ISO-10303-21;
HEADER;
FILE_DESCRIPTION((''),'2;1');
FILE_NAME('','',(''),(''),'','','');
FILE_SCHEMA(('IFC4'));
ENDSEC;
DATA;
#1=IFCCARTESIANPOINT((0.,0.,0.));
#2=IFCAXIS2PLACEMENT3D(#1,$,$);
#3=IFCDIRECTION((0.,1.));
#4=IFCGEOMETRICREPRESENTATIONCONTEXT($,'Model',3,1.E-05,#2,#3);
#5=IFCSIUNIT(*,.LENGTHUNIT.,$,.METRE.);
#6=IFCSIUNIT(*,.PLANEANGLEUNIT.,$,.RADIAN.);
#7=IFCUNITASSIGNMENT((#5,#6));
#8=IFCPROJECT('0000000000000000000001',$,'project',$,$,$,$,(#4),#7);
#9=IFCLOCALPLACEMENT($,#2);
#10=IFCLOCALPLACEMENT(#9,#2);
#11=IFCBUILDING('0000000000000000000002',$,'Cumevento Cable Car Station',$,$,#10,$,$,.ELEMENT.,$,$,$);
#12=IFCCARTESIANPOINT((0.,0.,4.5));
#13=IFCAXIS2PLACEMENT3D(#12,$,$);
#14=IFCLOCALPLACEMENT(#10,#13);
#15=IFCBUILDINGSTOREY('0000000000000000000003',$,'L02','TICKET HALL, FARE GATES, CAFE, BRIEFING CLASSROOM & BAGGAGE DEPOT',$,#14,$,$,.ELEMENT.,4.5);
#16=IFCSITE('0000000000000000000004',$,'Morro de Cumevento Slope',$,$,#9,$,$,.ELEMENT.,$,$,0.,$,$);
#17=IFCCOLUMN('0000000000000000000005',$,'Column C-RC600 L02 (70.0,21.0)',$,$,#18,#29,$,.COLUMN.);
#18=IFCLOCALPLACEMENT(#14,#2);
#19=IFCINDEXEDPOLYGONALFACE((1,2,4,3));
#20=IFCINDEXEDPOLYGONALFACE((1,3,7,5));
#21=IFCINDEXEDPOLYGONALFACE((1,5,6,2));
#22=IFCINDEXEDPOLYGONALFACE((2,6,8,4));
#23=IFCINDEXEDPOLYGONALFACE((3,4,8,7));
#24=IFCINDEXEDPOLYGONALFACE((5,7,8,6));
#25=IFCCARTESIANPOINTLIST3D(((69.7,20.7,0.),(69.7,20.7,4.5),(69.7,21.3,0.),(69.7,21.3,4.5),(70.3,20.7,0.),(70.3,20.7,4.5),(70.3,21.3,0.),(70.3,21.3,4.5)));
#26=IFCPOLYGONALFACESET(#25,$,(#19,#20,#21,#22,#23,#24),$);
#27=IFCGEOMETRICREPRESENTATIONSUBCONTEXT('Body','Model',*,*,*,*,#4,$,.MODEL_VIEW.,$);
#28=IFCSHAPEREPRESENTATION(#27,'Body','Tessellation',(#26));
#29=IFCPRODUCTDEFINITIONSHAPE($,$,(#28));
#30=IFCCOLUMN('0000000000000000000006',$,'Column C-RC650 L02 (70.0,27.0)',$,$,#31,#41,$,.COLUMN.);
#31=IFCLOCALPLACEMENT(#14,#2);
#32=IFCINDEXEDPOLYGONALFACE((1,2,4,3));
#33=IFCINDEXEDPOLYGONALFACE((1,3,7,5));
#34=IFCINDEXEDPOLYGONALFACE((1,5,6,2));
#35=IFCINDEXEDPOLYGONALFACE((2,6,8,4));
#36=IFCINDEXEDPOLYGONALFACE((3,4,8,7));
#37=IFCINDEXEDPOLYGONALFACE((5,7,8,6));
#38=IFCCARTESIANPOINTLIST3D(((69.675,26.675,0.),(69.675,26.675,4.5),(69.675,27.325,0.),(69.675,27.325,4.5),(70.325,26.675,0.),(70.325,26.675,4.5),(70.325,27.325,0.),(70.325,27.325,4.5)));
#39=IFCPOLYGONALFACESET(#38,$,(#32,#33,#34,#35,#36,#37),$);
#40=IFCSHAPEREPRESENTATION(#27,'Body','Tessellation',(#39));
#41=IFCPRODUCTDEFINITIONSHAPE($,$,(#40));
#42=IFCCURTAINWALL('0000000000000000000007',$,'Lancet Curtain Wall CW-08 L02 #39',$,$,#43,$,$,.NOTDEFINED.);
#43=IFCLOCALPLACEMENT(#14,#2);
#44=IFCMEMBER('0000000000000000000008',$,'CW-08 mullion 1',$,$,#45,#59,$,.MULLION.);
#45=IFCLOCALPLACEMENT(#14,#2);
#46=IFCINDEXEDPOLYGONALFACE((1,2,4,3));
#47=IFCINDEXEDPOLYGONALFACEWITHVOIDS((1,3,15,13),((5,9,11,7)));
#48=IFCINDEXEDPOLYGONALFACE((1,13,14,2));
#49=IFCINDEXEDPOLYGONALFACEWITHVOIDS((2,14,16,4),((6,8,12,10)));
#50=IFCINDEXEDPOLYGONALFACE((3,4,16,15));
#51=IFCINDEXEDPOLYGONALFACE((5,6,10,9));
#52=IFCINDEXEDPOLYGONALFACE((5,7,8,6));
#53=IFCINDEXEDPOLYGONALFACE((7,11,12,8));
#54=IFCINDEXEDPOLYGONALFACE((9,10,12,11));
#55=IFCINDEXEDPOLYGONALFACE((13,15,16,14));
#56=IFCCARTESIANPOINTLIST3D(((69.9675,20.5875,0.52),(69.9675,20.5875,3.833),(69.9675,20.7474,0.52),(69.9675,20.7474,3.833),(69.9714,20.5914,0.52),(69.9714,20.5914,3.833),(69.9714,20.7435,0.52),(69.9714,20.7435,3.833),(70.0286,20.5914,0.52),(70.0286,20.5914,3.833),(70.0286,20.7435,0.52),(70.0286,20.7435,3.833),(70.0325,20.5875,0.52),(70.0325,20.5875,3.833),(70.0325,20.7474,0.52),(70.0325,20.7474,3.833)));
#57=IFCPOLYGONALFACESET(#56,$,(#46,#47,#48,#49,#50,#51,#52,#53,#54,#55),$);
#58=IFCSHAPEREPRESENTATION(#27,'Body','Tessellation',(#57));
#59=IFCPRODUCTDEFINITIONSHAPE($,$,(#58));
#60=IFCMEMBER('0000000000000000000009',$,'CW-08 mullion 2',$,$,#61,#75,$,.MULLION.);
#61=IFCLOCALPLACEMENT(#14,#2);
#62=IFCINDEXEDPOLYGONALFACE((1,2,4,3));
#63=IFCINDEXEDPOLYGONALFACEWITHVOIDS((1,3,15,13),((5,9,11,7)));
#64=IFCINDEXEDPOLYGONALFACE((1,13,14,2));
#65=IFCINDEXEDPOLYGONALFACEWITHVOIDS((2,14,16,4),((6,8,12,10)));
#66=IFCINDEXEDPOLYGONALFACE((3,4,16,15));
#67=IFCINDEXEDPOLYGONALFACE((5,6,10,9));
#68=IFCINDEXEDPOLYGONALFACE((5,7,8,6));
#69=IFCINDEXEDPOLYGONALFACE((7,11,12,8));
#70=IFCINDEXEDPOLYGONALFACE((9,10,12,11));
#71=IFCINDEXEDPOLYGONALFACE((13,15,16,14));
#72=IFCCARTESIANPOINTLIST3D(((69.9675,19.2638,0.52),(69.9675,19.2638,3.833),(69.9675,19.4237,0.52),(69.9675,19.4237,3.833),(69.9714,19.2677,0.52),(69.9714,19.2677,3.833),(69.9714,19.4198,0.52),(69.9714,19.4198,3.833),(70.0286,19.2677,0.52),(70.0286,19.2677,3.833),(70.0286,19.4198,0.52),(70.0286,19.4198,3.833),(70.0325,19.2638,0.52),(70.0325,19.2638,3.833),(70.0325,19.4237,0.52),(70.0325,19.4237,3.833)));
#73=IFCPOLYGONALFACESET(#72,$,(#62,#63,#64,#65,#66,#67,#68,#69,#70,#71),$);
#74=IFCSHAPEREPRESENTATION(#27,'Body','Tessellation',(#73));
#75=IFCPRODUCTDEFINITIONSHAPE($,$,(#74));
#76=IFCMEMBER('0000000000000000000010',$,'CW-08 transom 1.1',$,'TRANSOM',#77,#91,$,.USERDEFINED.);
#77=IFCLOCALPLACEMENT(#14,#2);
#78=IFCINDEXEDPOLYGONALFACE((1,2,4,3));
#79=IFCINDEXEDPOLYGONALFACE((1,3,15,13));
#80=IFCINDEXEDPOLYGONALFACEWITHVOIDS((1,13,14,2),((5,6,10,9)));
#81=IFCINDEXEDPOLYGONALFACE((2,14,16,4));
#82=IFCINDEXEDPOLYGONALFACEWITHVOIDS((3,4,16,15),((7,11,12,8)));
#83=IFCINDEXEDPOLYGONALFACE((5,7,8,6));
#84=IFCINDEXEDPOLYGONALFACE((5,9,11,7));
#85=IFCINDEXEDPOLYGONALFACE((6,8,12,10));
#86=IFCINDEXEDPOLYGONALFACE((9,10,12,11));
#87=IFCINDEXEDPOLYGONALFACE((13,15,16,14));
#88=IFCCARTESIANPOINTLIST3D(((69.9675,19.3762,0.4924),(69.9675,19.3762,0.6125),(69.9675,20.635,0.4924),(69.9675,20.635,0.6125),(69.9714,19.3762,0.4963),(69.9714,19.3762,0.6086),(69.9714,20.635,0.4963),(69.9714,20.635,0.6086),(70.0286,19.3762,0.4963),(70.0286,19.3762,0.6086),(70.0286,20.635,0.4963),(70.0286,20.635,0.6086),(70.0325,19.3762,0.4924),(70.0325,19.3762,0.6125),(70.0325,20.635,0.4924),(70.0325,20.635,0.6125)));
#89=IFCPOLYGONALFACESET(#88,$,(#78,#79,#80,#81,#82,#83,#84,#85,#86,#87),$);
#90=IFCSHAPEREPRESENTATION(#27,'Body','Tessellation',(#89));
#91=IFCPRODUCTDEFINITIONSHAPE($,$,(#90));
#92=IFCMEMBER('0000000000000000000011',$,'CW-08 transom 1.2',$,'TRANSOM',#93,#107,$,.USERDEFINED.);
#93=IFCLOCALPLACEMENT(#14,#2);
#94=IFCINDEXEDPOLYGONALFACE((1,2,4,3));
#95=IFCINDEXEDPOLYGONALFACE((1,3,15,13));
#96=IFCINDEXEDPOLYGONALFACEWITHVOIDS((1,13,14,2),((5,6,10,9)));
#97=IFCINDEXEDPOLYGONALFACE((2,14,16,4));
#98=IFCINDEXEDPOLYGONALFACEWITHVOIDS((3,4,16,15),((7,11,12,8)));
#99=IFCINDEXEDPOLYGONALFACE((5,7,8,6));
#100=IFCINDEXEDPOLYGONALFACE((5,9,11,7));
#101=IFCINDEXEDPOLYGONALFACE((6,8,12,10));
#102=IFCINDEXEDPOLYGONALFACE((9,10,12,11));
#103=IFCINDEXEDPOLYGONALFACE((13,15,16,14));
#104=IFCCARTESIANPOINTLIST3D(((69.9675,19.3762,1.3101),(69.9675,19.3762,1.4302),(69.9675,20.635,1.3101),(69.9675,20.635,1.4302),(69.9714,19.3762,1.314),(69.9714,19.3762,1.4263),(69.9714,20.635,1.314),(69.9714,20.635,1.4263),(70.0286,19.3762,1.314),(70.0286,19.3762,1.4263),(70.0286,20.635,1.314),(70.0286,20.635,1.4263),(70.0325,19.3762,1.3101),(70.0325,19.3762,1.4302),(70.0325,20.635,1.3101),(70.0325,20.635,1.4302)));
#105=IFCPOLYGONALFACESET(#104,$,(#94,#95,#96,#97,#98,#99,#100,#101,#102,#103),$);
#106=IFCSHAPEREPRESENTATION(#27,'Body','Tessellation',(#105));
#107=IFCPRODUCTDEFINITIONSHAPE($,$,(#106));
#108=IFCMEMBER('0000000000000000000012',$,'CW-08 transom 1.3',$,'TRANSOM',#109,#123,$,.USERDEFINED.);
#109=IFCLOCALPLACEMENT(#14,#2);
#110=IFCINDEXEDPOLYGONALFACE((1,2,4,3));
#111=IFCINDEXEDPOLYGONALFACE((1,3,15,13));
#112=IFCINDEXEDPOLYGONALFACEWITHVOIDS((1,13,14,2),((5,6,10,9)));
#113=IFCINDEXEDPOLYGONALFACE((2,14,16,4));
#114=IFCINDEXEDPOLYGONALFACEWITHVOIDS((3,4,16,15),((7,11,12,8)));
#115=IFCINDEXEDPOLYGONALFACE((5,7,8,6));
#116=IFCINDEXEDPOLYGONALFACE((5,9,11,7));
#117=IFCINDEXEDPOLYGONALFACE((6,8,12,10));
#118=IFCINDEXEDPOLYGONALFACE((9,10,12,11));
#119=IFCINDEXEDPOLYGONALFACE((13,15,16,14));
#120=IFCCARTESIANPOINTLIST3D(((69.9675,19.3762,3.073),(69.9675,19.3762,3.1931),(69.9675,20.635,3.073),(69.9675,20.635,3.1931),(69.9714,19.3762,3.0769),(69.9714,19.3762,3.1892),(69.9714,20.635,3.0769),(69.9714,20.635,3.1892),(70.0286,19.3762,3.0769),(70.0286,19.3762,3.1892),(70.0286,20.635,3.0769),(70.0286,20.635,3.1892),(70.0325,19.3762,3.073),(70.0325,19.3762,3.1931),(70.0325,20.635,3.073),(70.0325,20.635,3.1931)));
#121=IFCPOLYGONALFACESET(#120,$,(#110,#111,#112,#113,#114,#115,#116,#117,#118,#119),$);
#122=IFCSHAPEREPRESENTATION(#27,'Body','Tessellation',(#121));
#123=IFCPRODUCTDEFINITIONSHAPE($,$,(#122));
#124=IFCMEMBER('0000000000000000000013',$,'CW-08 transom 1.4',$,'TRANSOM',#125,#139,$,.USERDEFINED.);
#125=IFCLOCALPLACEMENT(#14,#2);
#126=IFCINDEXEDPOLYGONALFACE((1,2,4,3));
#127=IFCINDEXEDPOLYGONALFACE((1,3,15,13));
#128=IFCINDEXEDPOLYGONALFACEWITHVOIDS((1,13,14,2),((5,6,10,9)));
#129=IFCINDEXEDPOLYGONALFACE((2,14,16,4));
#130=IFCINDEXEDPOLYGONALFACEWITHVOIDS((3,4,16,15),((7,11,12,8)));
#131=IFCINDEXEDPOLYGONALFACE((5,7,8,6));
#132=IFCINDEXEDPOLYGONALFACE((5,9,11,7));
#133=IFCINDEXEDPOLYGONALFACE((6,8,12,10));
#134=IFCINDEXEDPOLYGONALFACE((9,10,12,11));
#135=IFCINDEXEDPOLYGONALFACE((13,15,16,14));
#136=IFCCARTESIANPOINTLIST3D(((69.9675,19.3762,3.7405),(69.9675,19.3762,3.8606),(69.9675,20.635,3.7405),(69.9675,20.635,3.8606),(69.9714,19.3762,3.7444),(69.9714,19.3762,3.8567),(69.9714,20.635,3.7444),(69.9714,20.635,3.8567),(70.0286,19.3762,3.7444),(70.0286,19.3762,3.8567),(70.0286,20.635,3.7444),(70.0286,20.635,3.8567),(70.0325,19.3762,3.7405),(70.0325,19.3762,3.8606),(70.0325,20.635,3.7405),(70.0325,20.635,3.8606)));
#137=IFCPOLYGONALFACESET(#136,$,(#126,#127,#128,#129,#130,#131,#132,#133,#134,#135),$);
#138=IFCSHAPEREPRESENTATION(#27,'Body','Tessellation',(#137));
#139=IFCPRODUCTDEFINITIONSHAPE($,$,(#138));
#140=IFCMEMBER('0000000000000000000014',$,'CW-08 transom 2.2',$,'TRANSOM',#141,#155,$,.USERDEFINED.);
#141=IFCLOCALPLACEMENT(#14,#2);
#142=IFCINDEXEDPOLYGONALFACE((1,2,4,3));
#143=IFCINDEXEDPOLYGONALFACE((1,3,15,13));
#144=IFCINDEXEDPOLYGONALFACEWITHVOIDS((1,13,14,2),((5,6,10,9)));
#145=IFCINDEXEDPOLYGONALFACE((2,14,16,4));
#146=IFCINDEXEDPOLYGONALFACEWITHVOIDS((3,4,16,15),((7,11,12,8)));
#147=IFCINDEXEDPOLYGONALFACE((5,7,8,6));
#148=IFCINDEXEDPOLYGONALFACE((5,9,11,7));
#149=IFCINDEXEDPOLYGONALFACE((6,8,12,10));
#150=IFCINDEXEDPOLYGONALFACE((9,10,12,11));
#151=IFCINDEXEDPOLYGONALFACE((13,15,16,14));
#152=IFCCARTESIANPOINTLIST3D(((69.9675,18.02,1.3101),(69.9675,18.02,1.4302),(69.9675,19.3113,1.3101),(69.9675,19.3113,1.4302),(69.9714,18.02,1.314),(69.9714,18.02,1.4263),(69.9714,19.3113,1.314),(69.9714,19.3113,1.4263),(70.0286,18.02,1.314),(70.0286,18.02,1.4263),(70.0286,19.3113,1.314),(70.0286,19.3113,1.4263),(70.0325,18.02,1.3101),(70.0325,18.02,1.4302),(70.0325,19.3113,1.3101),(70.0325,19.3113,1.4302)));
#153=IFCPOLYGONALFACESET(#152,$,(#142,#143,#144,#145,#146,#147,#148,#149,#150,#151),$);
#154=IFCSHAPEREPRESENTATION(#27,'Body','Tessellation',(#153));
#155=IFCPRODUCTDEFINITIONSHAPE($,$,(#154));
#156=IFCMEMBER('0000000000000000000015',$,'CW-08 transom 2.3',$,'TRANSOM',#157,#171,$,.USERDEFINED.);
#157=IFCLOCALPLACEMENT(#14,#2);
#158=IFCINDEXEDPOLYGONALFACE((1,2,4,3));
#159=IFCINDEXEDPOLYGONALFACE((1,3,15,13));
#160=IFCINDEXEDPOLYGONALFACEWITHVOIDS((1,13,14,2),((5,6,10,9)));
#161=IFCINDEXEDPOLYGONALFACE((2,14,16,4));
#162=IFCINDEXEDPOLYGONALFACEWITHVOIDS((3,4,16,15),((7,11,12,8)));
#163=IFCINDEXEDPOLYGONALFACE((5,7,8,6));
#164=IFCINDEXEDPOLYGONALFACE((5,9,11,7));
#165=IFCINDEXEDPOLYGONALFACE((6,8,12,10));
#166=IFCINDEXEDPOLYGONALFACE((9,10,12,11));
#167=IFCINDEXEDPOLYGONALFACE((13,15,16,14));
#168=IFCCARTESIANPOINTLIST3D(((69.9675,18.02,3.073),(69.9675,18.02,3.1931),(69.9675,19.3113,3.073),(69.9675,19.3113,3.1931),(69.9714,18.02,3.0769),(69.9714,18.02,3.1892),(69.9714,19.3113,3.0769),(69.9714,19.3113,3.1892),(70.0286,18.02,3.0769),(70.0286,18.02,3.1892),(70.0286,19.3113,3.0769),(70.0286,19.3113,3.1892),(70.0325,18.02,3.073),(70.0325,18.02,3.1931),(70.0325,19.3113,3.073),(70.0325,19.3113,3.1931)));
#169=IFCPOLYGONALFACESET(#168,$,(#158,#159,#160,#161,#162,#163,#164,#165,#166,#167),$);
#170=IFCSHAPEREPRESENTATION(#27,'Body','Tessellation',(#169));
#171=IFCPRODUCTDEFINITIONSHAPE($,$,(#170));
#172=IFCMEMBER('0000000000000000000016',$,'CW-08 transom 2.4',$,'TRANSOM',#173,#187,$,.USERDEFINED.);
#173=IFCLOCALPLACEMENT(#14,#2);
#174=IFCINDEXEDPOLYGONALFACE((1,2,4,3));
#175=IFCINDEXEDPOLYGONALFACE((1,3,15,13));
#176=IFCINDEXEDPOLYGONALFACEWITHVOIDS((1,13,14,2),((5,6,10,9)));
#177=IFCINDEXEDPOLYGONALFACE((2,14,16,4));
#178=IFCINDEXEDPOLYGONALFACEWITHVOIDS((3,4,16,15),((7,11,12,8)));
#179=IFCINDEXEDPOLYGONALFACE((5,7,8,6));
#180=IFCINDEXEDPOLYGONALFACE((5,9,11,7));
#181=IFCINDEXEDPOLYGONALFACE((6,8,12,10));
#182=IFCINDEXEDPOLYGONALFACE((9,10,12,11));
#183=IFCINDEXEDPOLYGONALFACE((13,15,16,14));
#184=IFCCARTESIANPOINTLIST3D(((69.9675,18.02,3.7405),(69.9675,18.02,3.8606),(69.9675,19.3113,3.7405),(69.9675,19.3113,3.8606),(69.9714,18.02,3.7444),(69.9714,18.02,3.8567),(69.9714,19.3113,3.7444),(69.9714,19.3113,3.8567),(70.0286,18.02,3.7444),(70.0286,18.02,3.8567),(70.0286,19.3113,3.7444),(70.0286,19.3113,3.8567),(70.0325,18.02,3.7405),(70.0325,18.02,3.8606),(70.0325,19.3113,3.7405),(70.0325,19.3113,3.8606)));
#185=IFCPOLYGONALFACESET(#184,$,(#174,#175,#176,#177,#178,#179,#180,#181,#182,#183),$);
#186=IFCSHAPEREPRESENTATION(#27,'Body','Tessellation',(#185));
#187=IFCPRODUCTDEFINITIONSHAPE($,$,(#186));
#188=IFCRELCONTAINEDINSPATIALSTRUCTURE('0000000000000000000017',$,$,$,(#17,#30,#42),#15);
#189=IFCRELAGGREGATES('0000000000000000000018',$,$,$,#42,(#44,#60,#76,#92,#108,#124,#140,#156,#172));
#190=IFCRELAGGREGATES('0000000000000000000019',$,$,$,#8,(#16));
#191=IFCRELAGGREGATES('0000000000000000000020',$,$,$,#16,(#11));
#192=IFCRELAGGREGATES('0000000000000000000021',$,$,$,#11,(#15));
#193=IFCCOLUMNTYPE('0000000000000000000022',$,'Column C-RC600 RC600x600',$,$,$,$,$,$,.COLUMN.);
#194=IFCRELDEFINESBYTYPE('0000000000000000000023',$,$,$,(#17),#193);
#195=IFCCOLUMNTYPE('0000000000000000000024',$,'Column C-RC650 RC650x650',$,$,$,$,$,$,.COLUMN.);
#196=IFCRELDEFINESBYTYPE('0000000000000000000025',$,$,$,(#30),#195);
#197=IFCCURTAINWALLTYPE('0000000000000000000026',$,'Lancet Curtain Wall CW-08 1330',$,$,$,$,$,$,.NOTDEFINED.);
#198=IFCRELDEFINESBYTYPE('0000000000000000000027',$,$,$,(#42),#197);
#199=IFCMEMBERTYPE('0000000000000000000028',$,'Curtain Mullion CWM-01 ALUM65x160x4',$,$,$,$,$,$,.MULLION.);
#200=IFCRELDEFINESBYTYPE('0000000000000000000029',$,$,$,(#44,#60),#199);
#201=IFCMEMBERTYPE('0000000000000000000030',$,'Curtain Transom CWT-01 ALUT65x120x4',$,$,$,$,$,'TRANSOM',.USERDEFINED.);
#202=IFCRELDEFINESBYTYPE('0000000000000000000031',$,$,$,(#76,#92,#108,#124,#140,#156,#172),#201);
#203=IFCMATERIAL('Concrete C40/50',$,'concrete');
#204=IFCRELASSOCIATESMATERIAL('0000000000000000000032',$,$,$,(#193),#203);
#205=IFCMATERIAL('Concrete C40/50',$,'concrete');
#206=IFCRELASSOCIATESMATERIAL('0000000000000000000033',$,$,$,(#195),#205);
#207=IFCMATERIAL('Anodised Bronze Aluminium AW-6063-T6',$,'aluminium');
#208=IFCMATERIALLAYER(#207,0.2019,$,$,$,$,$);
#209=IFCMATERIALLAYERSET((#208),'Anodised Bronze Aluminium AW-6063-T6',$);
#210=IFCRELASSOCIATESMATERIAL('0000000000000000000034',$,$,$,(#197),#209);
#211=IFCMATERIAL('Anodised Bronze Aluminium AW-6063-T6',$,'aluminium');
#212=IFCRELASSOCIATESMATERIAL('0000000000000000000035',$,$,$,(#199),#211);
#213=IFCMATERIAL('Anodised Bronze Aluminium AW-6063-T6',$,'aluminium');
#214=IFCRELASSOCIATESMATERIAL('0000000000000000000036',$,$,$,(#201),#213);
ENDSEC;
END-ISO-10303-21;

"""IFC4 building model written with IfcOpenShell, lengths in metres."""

from ifc_helpers import new_model, si_unit, direction, frame, origin, origin_2d, place, context, subcontext, project, spatial, rectangle, hollow_rectangle, extrude, material, layer, layer_set, material_profile, profile_set, type_object, element, aggregate, save


model = new_model("IFC4")

# Units and contexts
model_context = context("Model", 3, precision=1e-05, world=origin(), true_north=direction((0.0, 1.0)))
body_context = subcontext(model_context, "Body", "Model", "MODEL_VIEW")
ifc_project = project(units=[si_unit("LENGTHUNIT", "METRE"), si_unit("PLANEANGLEUNIT", "RADIAN")], contexts=[model_context])

# Site, building, storey
site_placement = place(None, origin())
site = spatial("IfcSite", under=ifc_project, at=site_placement, Name="Morro de Cumevento Slope", CompositionType="ELEMENT", RefElevation=0.0)
building_placement = place(site_placement, origin())
building = spatial("IfcBuilding", under=site, at=building_placement, Name="Cumevento Cable Car Station", CompositionType="ELEMENT")
storey_placement = place(building_placement, frame((0.0, 0.0, 4.5)))
storey = spatial("IfcBuildingStorey", under=building, at=storey_placement, Name="L02", Description="TICKET HALL, FARE GATES, CAFE, BRIEFING CLASSROOM & BAGGAGE DEPOT", CompositionType="ELEMENT", Elevation=4.5)

# Columns
ifc_material_1 = material(Name="Concrete C40/50", Category="concrete")
ifc_material_profile_1 = material_profile(ifc_material_1, rectangle(XDim=0.6001, YDim=0.6001, at=origin_2d()), Name="RC600x600")
ifc_profile_set_1 = profile_set([ifc_material_profile_1], Name="Concrete C40/50")
column_type_1 = type_object("IfcColumnType", Name="Column C-RC600 RC600x600", PredefinedType="COLUMN", material=ifc_profile_set_1)
column_1_placement = place(storey_placement, frame((70.0, 21.0, 0.0), z_axis=(0.0, 0.0, 1.0), x_axis=(1.0, 0.0, 0.0)))
element("IfcColumn", 1, at=column_1_placement, inside=storey, type_object=column_type_1, Name="Column C-RC600 L02 (70.0,21.0)", PredefinedType="COLUMN", context=body_context, shape_type="SweptSolid", body=[
    extrude(rectangle(XDim=0.6001, YDim=0.6001, at=origin_2d()), origin(), (0.0, 0.0, 1.0), 4.5),
])
ifc_material_2 = material(Name="Concrete C40/50", Category="concrete")
ifc_material_profile_2 = material_profile(ifc_material_2, rectangle(XDim=0.6499, YDim=0.6499, at=origin_2d()), Name="RC650x650")
ifc_profile_set_2 = profile_set([ifc_material_profile_2], Name="Concrete C40/50")
column_type_2 = type_object("IfcColumnType", Name="Column C-RC650 RC650x650", PredefinedType="COLUMN", material=ifc_profile_set_2)
column_2_placement = place(storey_placement, frame((70.0, 27.0, 0.0), z_axis=(0.0, 0.0, 1.0), x_axis=(1.0, 0.0, 0.0)))
element("IfcColumn", 2, at=column_2_placement, inside=storey, type_object=column_type_2, Name="Column C-RC650 L02 (70.0,27.0)", PredefinedType="COLUMN", context=body_context, shape_type="SweptSolid", body=[
    extrude(rectangle(XDim=0.6499, YDim=0.6499, at=origin_2d()), origin(), (0.0, 0.0, 1.0), 4.5),
])

# Curtain wall, members
ifc_material_3 = material(Name="Anodised Bronze Aluminium AW-6063-T6", Category="aluminium")
ifc_layer_1 = layer(ifc_material_3, 0.2019)
ifc_layer_set_1 = layer_set([ifc_layer_1], Name="Anodised Bronze Aluminium AW-6063-T6")
curtain_wall_type = type_object("IfcCurtainWallType", Name="Lancet Curtain Wall CW-08 1330", PredefinedType="NOTDEFINED", material=ifc_layer_set_1)
curtain_wall_placement = place(storey_placement, origin())
curtain_wall = element("IfcCurtainWall", 3, at=curtain_wall_placement, inside=storey, type_object=curtain_wall_type, Name="Lancet Curtain Wall CW-08 L02 #39", PredefinedType="NOTDEFINED")
ifc_material_4 = material(Name="Anodised Bronze Aluminium AW-6063-T6", Category="aluminium")
ifc_material_profile_3 = material_profile(ifc_material_4, hollow_rectangle(XDim=0.0649, YDim=0.1599, WallThickness=0.0039, at=origin_2d()), Name="ALUM65x160x4")
ifc_profile_set_3 = profile_set([ifc_material_profile_3], Name="Anodised Bronze Aluminium AW-6063-T6")
member_type_1 = type_object("IfcMemberType", Name="Curtain Mullion CWM-01 ALUM65x160x4", PredefinedType="MULLION", material=ifc_profile_set_3)
member_1_placement = place(storey_placement, frame((70.0, 20.6675, 0.52), z_axis=(0.0, 0.0, 1.0), x_axis=(1.0, 0.0, 0.0)))
member_1 = element("IfcMember", 4, at=member_1_placement, type_object=member_type_1, Name="CW-08 mullion 1", PredefinedType="MULLION", context=body_context, shape_type="SweptSolid", body=[
    extrude(hollow_rectangle(XDim=0.0649, YDim=0.1599, WallThickness=0.0039, at=origin_2d()), origin(), (0.0, 0.0, 1.0), 3.313),
])
member_2_placement = place(storey_placement, frame((70.0, 19.3438, 0.52), z_axis=(0.0, 0.0, 1.0), x_axis=(1.0, 0.0, 0.0)))
member_2 = element("IfcMember", 5, at=member_2_placement, type_object=member_type_1, Name="CW-08 mullion 2", PredefinedType="MULLION", context=body_context, shape_type="SweptSolid", body=[
    extrude(hollow_rectangle(XDim=0.0649, YDim=0.1599, WallThickness=0.0039, at=origin_2d()), origin(), (0.0, 0.0, 1.0), 3.313),
])
ifc_material_5 = material(Name="Anodised Bronze Aluminium AW-6063-T6", Category="aluminium")
ifc_material_profile_4 = material_profile(ifc_material_5, hollow_rectangle(XDim=0.0649, YDim=0.1201, WallThickness=0.0039, at=origin_2d()), Name="ALUT65x120x4")
ifc_profile_set_4 = profile_set([ifc_material_profile_4], Name="Anodised Bronze Aluminium AW-6063-T6")
member_type_2 = type_object("IfcMemberType", Name="Curtain Transom CWT-01 ALUT65x120x4", ElementType="TRANSOM", PredefinedType="USERDEFINED", material=ifc_profile_set_4)
member_3_placement = place(storey_placement, frame((70.0, 20.635, 0.5525), z_axis=(0.0, -1.0, 0.0), x_axis=(1.0, 0.0, 0.0)))
member_3 = element("IfcMember", 6, at=member_3_placement, type_object=member_type_2, Name="CW-08 transom 1.1", ObjectType="TRANSOM", PredefinedType="USERDEFINED", context=body_context, shape_type="SweptSolid", body=[
    extrude(hollow_rectangle(XDim=0.0649, YDim=0.1201, WallThickness=0.0039, at=origin_2d()), origin(), (0.0, 0.0, 1.0), 1.2588),
])
member_4_placement = place(storey_placement, frame((70.0, 20.635, 1.3701), z_axis=(0.0, -1.0, 0.0), x_axis=(1.0, 0.0, 0.0)))
member_4 = element("IfcMember", 7, at=member_4_placement, type_object=member_type_2, Name="CW-08 transom 1.2", ObjectType="TRANSOM", PredefinedType="USERDEFINED", context=body_context, shape_type="SweptSolid", body=[
    extrude(hollow_rectangle(XDim=0.0649, YDim=0.1201, WallThickness=0.0039, at=origin_2d()), origin(), (0.0, 0.0, 1.0), 1.2588),
])
member_5_placement = place(storey_placement, frame((70.0, 20.635, 3.1331), z_axis=(0.0, -1.0, 0.0), x_axis=(1.0, 0.0, 0.0)))
member_5 = element("IfcMember", 8, at=member_5_placement, type_object=member_type_2, Name="CW-08 transom 1.3", ObjectType="TRANSOM", PredefinedType="USERDEFINED", context=body_context, shape_type="SweptSolid", body=[
    extrude(hollow_rectangle(XDim=0.0649, YDim=0.1201, WallThickness=0.0039, at=origin_2d()), origin(), (0.0, 0.0, 1.0), 1.2588),
])
member_6_placement = place(storey_placement, frame((70.0, 20.635, 3.8005), z_axis=(0.0, -1.0, 0.0), x_axis=(1.0, 0.0, 0.0)))
member_6 = element("IfcMember", 9, at=member_6_placement, type_object=member_type_2, Name="CW-08 transom 1.4", ObjectType="TRANSOM", PredefinedType="USERDEFINED", context=body_context, shape_type="SweptSolid", body=[
    extrude(hollow_rectangle(XDim=0.0649, YDim=0.1201, WallThickness=0.0039, at=origin_2d()), origin(), (0.0, 0.0, 1.0), 1.2588),
])
member_7_placement = place(storey_placement, frame((70.0, 19.3113, 1.3701), z_axis=(0.0, -1.0, 0.0), x_axis=(1.0, 0.0, 0.0)))
member_7 = element("IfcMember", 10, at=member_7_placement, type_object=member_type_2, Name="CW-08 transom 2.2", ObjectType="TRANSOM", PredefinedType="USERDEFINED", context=body_context, shape_type="SweptSolid", body=[
    extrude(hollow_rectangle(XDim=0.0649, YDim=0.1201, WallThickness=0.0039, at=origin_2d()), origin(), (0.0, 0.0, 1.0), 1.2913),
])
member_8_placement = place(storey_placement, frame((70.0, 19.3113, 3.1331), z_axis=(0.0, -1.0, 0.0), x_axis=(1.0, 0.0, 0.0)))
member_8 = element("IfcMember", 11, at=member_8_placement, type_object=member_type_2, Name="CW-08 transom 2.3", ObjectType="TRANSOM", PredefinedType="USERDEFINED", context=body_context, shape_type="SweptSolid", body=[
    extrude(hollow_rectangle(XDim=0.0649, YDim=0.1201, WallThickness=0.0039, at=origin_2d()), origin(), (0.0, 0.0, 1.0), 1.2913),
])
member_9_placement = place(storey_placement, frame((70.0, 19.3113, 3.8005), z_axis=(0.0, -1.0, 0.0), x_axis=(1.0, 0.0, 0.0)))
member_9 = element("IfcMember", 12, at=member_9_placement, type_object=member_type_2, Name="CW-08 transom 2.4", ObjectType="TRANSOM", PredefinedType="USERDEFINED", context=body_context, shape_type="SweptSolid", body=[
    extrude(hollow_rectangle(XDim=0.0649, YDim=0.1201, WallThickness=0.0039, at=origin_2d()), origin(), (0.0, 0.0, 1.0), 1.2913),
])

aggregate(curtain_wall, [member_1, member_2, member_3, member_4, member_5, member_6, member_7, member_8, member_9])

save(model, "model.ifc")
